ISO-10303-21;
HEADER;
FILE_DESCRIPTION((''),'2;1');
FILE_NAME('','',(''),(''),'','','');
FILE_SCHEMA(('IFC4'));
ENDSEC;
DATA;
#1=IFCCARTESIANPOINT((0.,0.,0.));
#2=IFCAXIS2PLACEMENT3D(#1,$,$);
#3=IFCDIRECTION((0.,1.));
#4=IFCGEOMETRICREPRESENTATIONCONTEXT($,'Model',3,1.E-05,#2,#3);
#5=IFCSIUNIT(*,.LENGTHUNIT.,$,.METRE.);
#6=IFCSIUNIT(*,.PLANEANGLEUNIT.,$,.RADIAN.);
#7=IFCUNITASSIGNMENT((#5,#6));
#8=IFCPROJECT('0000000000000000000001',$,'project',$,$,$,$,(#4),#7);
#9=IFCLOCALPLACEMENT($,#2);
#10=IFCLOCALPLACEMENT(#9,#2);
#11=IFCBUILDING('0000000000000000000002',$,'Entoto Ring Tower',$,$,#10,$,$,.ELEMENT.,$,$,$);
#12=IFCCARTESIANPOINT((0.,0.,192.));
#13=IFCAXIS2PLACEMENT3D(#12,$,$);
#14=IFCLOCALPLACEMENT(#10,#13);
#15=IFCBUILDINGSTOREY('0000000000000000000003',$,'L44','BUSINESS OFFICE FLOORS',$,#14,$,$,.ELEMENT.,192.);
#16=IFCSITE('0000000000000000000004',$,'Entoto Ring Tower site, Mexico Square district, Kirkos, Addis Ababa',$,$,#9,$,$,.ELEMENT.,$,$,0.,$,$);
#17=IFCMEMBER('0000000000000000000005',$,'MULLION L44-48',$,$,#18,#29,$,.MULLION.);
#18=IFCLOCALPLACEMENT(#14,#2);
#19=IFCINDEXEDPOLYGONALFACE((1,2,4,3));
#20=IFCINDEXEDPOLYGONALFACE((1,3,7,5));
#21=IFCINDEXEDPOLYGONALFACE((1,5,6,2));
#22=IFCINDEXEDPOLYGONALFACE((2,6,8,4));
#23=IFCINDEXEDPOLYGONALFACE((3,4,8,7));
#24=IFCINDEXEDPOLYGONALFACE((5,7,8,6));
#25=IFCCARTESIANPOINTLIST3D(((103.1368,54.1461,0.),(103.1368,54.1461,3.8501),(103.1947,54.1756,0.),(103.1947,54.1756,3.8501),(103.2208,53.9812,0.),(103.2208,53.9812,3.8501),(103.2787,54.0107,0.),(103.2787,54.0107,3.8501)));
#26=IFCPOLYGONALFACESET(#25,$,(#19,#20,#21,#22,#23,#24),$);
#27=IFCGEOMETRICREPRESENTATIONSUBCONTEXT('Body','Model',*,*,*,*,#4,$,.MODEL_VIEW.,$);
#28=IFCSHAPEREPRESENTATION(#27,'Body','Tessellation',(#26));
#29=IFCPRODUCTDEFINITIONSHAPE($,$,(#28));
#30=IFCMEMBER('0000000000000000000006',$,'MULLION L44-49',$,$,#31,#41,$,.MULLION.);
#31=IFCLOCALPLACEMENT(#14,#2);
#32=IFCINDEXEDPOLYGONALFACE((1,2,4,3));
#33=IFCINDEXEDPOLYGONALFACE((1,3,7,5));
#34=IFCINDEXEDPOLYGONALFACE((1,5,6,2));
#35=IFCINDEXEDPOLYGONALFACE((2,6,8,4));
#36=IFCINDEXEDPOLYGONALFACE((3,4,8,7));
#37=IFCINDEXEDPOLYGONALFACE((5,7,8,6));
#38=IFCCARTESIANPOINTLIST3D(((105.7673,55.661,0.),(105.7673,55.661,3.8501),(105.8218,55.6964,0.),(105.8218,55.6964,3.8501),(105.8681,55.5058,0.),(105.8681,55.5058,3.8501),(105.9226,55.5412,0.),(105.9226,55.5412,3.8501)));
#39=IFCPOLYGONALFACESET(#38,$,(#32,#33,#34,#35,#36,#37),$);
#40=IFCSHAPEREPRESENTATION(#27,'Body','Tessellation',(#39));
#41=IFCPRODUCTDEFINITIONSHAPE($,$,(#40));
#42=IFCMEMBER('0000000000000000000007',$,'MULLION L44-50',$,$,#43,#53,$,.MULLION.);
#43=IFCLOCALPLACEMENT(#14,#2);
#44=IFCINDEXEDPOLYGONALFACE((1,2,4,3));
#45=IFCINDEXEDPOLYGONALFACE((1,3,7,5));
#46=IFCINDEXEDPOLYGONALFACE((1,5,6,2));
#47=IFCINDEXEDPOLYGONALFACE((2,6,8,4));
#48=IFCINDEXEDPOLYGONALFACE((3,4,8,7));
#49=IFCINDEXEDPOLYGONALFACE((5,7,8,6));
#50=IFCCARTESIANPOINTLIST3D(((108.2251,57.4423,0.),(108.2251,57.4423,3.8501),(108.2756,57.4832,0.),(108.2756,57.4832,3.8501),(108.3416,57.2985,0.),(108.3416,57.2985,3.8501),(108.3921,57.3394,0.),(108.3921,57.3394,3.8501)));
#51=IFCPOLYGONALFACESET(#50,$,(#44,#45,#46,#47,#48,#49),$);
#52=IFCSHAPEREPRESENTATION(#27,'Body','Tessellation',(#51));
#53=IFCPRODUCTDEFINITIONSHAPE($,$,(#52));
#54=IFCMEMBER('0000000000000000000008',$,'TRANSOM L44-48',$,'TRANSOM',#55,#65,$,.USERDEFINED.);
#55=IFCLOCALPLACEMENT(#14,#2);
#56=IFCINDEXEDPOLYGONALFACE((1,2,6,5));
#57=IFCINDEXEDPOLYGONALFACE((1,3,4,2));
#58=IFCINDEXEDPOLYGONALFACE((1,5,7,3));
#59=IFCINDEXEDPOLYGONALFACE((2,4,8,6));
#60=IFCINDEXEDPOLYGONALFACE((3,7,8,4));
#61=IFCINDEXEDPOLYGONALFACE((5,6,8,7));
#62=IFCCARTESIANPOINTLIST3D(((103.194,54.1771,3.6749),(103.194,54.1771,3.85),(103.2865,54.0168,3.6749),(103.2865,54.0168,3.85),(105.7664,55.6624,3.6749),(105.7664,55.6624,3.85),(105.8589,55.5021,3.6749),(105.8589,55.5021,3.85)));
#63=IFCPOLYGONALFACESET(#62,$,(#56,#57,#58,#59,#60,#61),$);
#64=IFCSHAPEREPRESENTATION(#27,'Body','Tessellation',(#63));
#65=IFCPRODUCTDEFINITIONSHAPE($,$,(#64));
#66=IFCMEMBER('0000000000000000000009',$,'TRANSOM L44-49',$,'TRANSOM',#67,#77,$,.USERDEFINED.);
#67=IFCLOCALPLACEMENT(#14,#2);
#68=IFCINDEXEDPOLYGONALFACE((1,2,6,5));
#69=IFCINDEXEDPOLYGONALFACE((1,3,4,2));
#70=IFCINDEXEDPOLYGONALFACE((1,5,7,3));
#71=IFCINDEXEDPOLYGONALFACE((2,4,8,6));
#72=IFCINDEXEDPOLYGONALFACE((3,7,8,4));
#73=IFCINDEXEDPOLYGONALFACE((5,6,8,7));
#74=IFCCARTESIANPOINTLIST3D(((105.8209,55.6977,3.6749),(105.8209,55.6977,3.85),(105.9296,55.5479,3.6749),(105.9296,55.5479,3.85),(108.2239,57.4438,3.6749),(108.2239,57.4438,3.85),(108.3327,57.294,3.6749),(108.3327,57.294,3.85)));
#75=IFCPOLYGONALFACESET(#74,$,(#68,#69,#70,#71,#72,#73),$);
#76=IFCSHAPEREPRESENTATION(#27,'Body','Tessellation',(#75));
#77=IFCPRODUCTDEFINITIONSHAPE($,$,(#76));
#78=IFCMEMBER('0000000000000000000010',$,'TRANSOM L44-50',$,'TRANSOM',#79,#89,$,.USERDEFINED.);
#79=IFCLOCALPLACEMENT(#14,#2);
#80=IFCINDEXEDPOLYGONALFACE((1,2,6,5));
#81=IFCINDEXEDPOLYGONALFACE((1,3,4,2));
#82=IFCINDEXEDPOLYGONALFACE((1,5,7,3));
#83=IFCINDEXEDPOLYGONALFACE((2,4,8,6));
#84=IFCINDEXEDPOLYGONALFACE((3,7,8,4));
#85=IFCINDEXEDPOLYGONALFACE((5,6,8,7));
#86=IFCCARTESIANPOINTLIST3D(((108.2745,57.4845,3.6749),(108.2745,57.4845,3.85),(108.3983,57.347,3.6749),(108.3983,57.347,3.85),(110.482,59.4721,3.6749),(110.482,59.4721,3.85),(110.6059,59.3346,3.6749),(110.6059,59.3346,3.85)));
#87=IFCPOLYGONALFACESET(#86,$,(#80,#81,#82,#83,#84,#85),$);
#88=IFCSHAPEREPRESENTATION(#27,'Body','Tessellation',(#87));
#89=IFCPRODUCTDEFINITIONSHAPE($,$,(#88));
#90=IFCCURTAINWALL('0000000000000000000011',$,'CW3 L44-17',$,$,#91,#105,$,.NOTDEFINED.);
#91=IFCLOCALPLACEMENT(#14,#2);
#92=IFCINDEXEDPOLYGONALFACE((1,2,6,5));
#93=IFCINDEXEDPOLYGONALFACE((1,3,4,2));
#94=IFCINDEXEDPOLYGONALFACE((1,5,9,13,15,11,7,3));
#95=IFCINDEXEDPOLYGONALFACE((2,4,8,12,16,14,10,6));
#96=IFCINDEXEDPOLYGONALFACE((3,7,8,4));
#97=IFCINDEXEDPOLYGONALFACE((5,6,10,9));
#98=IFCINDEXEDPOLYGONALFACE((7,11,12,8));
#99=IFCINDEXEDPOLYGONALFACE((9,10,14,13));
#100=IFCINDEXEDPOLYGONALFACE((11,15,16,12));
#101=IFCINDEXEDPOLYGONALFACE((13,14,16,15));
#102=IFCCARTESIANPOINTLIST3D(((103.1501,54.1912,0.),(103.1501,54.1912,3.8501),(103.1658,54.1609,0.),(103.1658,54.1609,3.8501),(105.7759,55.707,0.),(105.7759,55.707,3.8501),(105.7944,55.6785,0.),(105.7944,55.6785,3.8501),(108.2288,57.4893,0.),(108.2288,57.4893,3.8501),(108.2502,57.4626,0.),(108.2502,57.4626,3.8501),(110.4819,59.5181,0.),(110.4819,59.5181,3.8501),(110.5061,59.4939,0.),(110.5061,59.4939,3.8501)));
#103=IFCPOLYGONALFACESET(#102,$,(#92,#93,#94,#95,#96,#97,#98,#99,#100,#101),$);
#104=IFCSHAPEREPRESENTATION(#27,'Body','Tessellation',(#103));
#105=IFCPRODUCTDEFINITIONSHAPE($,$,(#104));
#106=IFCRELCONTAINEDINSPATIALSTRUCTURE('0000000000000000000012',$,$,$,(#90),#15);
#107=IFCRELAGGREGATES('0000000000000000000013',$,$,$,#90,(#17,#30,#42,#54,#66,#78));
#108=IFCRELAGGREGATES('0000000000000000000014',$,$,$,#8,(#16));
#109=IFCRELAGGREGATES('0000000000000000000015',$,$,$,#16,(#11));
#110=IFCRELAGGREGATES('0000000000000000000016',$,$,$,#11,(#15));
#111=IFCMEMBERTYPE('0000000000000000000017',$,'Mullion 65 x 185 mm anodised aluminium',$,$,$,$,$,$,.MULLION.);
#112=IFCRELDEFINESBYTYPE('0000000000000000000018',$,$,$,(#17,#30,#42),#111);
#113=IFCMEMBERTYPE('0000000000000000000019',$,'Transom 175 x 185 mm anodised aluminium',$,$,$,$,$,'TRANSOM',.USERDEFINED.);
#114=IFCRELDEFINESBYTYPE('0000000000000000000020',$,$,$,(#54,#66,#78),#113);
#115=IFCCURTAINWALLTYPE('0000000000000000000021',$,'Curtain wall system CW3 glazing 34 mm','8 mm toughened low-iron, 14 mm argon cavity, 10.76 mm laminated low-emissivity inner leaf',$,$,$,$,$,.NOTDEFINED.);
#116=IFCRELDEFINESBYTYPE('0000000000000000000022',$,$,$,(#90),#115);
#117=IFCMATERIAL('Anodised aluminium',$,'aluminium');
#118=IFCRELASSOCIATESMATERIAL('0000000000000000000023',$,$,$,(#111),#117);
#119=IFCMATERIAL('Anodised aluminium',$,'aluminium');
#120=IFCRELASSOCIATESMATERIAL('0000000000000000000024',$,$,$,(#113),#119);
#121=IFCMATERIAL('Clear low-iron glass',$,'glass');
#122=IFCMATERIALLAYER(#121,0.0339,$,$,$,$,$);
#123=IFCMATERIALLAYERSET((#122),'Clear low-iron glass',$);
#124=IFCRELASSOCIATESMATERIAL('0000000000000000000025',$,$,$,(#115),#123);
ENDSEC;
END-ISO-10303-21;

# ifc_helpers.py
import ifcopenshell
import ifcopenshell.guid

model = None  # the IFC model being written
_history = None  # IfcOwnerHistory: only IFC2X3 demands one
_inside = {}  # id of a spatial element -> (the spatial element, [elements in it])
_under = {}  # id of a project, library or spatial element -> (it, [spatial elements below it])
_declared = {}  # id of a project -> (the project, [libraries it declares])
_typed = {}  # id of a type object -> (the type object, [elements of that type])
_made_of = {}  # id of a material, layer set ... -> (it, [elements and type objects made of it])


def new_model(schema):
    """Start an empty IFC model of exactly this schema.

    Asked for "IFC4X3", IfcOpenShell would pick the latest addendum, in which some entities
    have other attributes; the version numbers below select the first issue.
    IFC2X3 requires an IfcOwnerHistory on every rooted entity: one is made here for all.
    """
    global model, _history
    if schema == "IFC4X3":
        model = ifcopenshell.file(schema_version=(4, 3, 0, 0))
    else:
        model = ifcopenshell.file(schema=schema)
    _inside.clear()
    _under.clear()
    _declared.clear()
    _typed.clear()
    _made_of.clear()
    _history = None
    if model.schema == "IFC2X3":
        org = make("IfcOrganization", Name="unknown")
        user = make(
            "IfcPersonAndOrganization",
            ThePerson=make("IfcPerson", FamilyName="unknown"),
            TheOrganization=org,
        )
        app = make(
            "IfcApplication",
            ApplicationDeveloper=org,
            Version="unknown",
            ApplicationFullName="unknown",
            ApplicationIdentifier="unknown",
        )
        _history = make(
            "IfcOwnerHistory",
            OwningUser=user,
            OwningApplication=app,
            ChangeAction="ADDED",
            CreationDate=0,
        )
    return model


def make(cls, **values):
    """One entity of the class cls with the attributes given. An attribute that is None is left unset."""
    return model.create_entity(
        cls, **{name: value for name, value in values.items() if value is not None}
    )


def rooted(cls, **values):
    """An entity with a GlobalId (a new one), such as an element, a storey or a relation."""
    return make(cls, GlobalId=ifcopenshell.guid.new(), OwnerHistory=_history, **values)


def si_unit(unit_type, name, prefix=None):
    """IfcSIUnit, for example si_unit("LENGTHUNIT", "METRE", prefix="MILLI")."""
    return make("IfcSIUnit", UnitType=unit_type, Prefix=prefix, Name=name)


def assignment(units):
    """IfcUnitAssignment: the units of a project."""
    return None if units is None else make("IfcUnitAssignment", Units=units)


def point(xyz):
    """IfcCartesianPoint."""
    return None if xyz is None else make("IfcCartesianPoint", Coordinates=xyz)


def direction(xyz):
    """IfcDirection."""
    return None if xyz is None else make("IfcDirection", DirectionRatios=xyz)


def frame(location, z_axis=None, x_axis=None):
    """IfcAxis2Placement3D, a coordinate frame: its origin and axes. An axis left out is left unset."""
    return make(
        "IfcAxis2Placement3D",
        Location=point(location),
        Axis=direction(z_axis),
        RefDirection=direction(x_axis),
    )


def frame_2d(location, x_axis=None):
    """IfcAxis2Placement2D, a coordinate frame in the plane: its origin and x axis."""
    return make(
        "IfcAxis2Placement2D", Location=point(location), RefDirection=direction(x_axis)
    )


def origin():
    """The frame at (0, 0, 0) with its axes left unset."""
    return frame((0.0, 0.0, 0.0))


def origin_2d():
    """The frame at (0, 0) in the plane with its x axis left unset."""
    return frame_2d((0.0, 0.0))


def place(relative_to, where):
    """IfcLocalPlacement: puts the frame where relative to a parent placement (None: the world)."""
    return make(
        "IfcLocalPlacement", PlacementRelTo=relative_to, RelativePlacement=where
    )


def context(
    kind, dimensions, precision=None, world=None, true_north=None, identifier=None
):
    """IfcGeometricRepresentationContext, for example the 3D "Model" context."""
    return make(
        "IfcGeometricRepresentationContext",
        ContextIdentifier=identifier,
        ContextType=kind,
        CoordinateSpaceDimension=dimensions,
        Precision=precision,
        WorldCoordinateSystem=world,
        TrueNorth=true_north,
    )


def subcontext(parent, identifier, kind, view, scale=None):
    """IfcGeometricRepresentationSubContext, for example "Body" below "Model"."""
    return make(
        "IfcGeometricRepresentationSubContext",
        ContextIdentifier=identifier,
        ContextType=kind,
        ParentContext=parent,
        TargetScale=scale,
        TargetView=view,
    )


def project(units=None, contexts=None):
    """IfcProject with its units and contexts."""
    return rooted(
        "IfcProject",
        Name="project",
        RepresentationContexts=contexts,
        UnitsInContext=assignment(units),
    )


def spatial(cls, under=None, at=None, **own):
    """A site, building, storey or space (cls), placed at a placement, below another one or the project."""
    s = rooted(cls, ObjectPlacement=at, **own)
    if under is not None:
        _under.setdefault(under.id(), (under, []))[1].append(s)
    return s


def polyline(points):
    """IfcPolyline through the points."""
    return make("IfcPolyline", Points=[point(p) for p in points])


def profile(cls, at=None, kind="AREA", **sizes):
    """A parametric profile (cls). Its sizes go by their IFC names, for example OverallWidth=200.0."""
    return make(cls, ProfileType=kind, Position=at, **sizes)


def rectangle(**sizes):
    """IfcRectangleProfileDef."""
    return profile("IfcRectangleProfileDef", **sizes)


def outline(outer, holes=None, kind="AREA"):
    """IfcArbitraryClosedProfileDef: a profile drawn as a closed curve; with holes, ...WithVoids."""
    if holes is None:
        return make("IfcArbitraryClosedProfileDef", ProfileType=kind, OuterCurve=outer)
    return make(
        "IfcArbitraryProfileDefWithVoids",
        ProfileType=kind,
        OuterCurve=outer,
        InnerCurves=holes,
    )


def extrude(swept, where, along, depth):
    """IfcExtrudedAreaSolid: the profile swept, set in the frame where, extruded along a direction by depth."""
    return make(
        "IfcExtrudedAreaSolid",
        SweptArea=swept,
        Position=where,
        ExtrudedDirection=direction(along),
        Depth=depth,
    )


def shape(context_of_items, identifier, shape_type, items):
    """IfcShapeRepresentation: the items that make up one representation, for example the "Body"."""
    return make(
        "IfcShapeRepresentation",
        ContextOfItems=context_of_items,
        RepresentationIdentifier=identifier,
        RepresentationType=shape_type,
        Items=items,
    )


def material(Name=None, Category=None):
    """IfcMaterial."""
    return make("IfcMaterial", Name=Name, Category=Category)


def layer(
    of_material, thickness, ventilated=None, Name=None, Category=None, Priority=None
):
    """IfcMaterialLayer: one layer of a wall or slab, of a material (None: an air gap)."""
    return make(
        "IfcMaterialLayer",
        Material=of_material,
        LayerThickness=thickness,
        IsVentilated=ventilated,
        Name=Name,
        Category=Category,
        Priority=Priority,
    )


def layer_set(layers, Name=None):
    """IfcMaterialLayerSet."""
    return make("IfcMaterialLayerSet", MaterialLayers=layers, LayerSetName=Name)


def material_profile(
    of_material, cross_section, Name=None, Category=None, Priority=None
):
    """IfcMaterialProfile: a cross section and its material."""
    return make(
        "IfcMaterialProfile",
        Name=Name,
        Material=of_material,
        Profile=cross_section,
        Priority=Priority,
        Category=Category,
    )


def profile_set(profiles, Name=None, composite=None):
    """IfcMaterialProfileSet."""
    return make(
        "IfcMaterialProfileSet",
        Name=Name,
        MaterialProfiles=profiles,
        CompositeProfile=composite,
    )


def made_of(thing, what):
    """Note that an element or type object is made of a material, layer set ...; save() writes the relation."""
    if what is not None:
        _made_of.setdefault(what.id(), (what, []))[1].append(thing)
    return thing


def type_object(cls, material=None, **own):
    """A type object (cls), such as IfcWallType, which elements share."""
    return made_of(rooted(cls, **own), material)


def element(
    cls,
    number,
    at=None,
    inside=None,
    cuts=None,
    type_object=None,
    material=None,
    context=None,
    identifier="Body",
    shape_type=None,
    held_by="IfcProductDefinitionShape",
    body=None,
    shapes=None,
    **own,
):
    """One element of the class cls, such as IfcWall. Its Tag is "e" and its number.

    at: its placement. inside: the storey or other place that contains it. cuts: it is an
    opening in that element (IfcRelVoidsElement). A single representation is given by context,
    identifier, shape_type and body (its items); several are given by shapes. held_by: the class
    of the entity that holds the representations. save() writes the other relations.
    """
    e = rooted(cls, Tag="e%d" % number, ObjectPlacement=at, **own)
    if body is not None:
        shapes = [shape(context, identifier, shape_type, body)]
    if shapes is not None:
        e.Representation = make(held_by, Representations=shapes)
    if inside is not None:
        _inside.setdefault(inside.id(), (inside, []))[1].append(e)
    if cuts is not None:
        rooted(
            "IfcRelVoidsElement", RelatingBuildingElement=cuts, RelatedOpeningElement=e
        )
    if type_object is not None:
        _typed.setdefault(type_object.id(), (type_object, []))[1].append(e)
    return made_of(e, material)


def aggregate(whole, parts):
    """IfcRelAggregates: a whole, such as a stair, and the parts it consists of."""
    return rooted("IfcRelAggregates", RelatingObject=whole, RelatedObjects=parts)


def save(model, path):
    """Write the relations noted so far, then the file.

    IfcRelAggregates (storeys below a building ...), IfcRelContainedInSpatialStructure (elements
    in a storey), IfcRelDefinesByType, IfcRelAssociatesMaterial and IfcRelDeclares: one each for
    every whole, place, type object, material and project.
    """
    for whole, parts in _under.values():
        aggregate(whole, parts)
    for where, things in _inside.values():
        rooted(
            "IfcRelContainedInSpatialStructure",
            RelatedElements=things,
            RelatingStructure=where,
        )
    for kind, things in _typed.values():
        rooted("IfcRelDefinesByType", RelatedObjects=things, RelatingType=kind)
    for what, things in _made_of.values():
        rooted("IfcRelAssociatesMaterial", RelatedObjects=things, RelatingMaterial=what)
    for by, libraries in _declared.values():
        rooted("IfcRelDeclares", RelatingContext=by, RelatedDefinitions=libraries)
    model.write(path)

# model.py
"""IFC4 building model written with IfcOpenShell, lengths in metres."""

from ifc_helpers import new_model, si_unit, direction, frame, origin, origin_2d, place, context, subcontext, project, spatial, polyline, rectangle, outline, extrude, material, layer, layer_set, material_profile, profile_set, type_object, element, aggregate, save


model = new_model("IFC4")

# Units and contexts
model_context = context("Model", 3, precision=1e-05, world=origin(), true_north=direction((0.0, 1.0)))
body_context = subcontext(model_context, "Body", "Model", "MODEL_VIEW")
ifc_project = project(units=[si_unit("LENGTHUNIT", "METRE"), si_unit("PLANEANGLEUNIT", "RADIAN")], contexts=[model_context])

# Members
ifc_material_1 = material(Name="Anodised aluminium", Category="aluminium")
ifc_material_profile_1 = material_profile(ifc_material_1, rectangle(XDim=0.0649, YDim=0.1851, at=origin_2d()), Name="Mullion 65 x 185 mm anodised aluminium")
ifc_profile_set_1 = profile_set([ifc_material_profile_1], Name="Anodised aluminium")
member_type_1 = type_object("IfcMemberType", Name="Mullion 65 x 185 mm anodised aluminium", PredefinedType="MULLION", material=ifc_profile_set_1)
site_placement = place(None, origin())
building_placement = place(site_placement, origin())
storey_placement = place(building_placement, frame((0.0, 0.0, 192.0)))
member_1_placement = place(storey_placement, frame((103.2078, 54.0784, 0.0), z_axis=(0.0, 0.0, 1.0), x_axis=(0.891007, 0.45399, 0.0)))
member_1 = element("IfcMember", 1, at=member_1_placement, type_object=member_type_1, Name="MULLION L44-48", PredefinedType="MULLION", context=body_context, shape_type="SweptSolid", body=[
    extrude(rectangle(XDim=0.0649, YDim=0.1851, at=origin_2d()), origin(), (0.0, 0.0, 1.0), 3.8501),
])
member_2_placement = place(storey_placement, frame((105.845, 55.6011, 0.0), z_axis=(0.0, 0.0, 1.0), x_axis=(0.838671, 0.544639, 0.0)))
member_2 = element("IfcMember", 2, at=member_2_placement, type_object=member_type_1, Name="MULLION L44-49", PredefinedType="MULLION", context=body_context, shape_type="SweptSolid", body=[
    extrude(rectangle(XDim=0.0649, YDim=0.1851, at=origin_2d()), origin(), (0.0, 0.0, 1.0), 3.8501),
])
member_3_placement = place(storey_placement, frame((108.3086, 57.3909, 0.0), z_axis=(0.0, 0.0, 1.0), x_axis=(0.777146, 0.62932, 0.0)))
member_3 = element("IfcMember", 3, at=member_3_placement, type_object=member_type_1, Name="MULLION L44-50", PredefinedType="MULLION", context=body_context, shape_type="SweptSolid", body=[
    extrude(rectangle(XDim=0.0649, YDim=0.1851, at=origin_2d()), origin(), (0.0, 0.0, 1.0), 3.8501),
])
ifc_material_2 = material(Name="Anodised aluminium", Category="aluminium")
ifc_material_profile_2 = material_profile(ifc_material_2, rectangle(XDim=0.1851, YDim=0.175, at=origin_2d()), Name="Transom 175 x 185 mm anodised aluminium")
ifc_profile_set_2 = profile_set([ifc_material_profile_2], Name="Anodised aluminium")
member_type_2 = type_object("IfcMemberType", Name="Transom 175 x 185 mm anodised aluminium", ElementType="TRANSOM", PredefinedType="USERDEFINED", material=ifc_profile_set_2)
member_4_placement = place(storey_placement, frame((103.2402, 54.0969, 3.7625), z_axis=(0.866009, 0.500028, 0.0), x_axis=(-0.500028, 0.866009, 0.0)))
member_4 = element("IfcMember", 4, at=member_4_placement, type_object=member_type_2, Name="TRANSOM L44-48", ObjectType="TRANSOM", PredefinedType="USERDEFINED", context=body_context, shape_type="SweptSolid", body=[
    extrude(rectangle(XDim=0.1851, YDim=0.175, at=origin_2d()), origin(), (0.0, 0.0, 1.0), 2.9705),
])
member_5_placement = place(storey_placement, frame((105.8752, 55.6228, 3.7625), z_axis=(0.808992, 0.58782, 0.0), x_axis=(-0.58782, 0.808992, 0.0)))
member_5 = element("IfcMember", 5, at=member_5_placement, type_object=member_type_2, Name="TRANSOM L44-49", ObjectType="TRANSOM", PredefinedType="USERDEFINED", context=body_context, shape_type="SweptSolid", body=[
    extrude(rectangle(XDim=0.1851, YDim=0.175, at=origin_2d()), origin(), (0.0, 0.0, 1.0), 2.9705),
])
member_6_placement = place(storey_placement, frame((108.3364, 57.4158, 3.7625), z_axis=(0.743163, 0.66911, 0.0), x_axis=(-0.66911, 0.743163, 0.0)))
member_6 = element("IfcMember", 6, at=member_6_placement, type_object=member_type_2, Name="TRANSOM L44-50", ObjectType="TRANSOM", PredefinedType="USERDEFINED", context=body_context, shape_type="SweptSolid", body=[
    extrude(rectangle(XDim=0.1851, YDim=0.175, at=origin_2d()), origin(), (0.0, 0.0, 1.0), 2.9705),
])

# Site, building, storey
site = spatial("IfcSite", under=ifc_project, at=site_placement, Name="Entoto Ring Tower site, Mexico Square district, Kirkos, Addis Ababa", CompositionType="ELEMENT", RefElevation=0.0)
building = spatial("IfcBuilding", under=site, at=building_placement, Name="Entoto Ring Tower", CompositionType="ELEMENT")
storey = spatial("IfcBuildingStorey", under=building, at=storey_placement, Name="L44", Description="BUSINESS OFFICE FLOORS", CompositionType="ELEMENT", Elevation=192.0)

# Curtain wall
ifc_material_3 = material(Name="Clear low-iron glass", Category="glass")
ifc_layer_1 = layer(ifc_material_3, 0.0339)
ifc_layer_set_1 = layer_set([ifc_layer_1], Name="Clear low-iron glass")
curtain_wall_type = type_object("IfcCurtainWallType", Name="Curtain wall system CW3 glazing 34 mm", Description="8 mm toughened low-iron, 14 mm argon cavity, 10.76 mm laminated low-emissivity inner leaf", PredefinedType="NOTDEFINED", material=ifc_layer_set_1)
curtain_wall_1_placement = place(storey_placement, origin())
curtain_wall_1 = element("IfcCurtainWall", 7, at=curtain_wall_1_placement, inside=storey, type_object=curtain_wall_type, Name="CW3 L44-17", PredefinedType="NOTDEFINED", context=body_context, shape_type="SweptSolid", body=[
    extrude(outline(polyline([(103.1658, 54.1609), (105.7944, 55.6785), (108.2502, 57.4626), (110.5061, 59.4939), (110.4819, 59.5181), (108.2288, 57.4893), (105.7759, 55.707), (103.1501, 54.1912), (103.1658, 54.1609)])), origin(), (0.0, 0.0, 1.0), 3.8501),
])
aggregate(curtain_wall_1, [member_1, member_2, member_3, member_4, member_5, member_6])

save(model, "model.ifc")
